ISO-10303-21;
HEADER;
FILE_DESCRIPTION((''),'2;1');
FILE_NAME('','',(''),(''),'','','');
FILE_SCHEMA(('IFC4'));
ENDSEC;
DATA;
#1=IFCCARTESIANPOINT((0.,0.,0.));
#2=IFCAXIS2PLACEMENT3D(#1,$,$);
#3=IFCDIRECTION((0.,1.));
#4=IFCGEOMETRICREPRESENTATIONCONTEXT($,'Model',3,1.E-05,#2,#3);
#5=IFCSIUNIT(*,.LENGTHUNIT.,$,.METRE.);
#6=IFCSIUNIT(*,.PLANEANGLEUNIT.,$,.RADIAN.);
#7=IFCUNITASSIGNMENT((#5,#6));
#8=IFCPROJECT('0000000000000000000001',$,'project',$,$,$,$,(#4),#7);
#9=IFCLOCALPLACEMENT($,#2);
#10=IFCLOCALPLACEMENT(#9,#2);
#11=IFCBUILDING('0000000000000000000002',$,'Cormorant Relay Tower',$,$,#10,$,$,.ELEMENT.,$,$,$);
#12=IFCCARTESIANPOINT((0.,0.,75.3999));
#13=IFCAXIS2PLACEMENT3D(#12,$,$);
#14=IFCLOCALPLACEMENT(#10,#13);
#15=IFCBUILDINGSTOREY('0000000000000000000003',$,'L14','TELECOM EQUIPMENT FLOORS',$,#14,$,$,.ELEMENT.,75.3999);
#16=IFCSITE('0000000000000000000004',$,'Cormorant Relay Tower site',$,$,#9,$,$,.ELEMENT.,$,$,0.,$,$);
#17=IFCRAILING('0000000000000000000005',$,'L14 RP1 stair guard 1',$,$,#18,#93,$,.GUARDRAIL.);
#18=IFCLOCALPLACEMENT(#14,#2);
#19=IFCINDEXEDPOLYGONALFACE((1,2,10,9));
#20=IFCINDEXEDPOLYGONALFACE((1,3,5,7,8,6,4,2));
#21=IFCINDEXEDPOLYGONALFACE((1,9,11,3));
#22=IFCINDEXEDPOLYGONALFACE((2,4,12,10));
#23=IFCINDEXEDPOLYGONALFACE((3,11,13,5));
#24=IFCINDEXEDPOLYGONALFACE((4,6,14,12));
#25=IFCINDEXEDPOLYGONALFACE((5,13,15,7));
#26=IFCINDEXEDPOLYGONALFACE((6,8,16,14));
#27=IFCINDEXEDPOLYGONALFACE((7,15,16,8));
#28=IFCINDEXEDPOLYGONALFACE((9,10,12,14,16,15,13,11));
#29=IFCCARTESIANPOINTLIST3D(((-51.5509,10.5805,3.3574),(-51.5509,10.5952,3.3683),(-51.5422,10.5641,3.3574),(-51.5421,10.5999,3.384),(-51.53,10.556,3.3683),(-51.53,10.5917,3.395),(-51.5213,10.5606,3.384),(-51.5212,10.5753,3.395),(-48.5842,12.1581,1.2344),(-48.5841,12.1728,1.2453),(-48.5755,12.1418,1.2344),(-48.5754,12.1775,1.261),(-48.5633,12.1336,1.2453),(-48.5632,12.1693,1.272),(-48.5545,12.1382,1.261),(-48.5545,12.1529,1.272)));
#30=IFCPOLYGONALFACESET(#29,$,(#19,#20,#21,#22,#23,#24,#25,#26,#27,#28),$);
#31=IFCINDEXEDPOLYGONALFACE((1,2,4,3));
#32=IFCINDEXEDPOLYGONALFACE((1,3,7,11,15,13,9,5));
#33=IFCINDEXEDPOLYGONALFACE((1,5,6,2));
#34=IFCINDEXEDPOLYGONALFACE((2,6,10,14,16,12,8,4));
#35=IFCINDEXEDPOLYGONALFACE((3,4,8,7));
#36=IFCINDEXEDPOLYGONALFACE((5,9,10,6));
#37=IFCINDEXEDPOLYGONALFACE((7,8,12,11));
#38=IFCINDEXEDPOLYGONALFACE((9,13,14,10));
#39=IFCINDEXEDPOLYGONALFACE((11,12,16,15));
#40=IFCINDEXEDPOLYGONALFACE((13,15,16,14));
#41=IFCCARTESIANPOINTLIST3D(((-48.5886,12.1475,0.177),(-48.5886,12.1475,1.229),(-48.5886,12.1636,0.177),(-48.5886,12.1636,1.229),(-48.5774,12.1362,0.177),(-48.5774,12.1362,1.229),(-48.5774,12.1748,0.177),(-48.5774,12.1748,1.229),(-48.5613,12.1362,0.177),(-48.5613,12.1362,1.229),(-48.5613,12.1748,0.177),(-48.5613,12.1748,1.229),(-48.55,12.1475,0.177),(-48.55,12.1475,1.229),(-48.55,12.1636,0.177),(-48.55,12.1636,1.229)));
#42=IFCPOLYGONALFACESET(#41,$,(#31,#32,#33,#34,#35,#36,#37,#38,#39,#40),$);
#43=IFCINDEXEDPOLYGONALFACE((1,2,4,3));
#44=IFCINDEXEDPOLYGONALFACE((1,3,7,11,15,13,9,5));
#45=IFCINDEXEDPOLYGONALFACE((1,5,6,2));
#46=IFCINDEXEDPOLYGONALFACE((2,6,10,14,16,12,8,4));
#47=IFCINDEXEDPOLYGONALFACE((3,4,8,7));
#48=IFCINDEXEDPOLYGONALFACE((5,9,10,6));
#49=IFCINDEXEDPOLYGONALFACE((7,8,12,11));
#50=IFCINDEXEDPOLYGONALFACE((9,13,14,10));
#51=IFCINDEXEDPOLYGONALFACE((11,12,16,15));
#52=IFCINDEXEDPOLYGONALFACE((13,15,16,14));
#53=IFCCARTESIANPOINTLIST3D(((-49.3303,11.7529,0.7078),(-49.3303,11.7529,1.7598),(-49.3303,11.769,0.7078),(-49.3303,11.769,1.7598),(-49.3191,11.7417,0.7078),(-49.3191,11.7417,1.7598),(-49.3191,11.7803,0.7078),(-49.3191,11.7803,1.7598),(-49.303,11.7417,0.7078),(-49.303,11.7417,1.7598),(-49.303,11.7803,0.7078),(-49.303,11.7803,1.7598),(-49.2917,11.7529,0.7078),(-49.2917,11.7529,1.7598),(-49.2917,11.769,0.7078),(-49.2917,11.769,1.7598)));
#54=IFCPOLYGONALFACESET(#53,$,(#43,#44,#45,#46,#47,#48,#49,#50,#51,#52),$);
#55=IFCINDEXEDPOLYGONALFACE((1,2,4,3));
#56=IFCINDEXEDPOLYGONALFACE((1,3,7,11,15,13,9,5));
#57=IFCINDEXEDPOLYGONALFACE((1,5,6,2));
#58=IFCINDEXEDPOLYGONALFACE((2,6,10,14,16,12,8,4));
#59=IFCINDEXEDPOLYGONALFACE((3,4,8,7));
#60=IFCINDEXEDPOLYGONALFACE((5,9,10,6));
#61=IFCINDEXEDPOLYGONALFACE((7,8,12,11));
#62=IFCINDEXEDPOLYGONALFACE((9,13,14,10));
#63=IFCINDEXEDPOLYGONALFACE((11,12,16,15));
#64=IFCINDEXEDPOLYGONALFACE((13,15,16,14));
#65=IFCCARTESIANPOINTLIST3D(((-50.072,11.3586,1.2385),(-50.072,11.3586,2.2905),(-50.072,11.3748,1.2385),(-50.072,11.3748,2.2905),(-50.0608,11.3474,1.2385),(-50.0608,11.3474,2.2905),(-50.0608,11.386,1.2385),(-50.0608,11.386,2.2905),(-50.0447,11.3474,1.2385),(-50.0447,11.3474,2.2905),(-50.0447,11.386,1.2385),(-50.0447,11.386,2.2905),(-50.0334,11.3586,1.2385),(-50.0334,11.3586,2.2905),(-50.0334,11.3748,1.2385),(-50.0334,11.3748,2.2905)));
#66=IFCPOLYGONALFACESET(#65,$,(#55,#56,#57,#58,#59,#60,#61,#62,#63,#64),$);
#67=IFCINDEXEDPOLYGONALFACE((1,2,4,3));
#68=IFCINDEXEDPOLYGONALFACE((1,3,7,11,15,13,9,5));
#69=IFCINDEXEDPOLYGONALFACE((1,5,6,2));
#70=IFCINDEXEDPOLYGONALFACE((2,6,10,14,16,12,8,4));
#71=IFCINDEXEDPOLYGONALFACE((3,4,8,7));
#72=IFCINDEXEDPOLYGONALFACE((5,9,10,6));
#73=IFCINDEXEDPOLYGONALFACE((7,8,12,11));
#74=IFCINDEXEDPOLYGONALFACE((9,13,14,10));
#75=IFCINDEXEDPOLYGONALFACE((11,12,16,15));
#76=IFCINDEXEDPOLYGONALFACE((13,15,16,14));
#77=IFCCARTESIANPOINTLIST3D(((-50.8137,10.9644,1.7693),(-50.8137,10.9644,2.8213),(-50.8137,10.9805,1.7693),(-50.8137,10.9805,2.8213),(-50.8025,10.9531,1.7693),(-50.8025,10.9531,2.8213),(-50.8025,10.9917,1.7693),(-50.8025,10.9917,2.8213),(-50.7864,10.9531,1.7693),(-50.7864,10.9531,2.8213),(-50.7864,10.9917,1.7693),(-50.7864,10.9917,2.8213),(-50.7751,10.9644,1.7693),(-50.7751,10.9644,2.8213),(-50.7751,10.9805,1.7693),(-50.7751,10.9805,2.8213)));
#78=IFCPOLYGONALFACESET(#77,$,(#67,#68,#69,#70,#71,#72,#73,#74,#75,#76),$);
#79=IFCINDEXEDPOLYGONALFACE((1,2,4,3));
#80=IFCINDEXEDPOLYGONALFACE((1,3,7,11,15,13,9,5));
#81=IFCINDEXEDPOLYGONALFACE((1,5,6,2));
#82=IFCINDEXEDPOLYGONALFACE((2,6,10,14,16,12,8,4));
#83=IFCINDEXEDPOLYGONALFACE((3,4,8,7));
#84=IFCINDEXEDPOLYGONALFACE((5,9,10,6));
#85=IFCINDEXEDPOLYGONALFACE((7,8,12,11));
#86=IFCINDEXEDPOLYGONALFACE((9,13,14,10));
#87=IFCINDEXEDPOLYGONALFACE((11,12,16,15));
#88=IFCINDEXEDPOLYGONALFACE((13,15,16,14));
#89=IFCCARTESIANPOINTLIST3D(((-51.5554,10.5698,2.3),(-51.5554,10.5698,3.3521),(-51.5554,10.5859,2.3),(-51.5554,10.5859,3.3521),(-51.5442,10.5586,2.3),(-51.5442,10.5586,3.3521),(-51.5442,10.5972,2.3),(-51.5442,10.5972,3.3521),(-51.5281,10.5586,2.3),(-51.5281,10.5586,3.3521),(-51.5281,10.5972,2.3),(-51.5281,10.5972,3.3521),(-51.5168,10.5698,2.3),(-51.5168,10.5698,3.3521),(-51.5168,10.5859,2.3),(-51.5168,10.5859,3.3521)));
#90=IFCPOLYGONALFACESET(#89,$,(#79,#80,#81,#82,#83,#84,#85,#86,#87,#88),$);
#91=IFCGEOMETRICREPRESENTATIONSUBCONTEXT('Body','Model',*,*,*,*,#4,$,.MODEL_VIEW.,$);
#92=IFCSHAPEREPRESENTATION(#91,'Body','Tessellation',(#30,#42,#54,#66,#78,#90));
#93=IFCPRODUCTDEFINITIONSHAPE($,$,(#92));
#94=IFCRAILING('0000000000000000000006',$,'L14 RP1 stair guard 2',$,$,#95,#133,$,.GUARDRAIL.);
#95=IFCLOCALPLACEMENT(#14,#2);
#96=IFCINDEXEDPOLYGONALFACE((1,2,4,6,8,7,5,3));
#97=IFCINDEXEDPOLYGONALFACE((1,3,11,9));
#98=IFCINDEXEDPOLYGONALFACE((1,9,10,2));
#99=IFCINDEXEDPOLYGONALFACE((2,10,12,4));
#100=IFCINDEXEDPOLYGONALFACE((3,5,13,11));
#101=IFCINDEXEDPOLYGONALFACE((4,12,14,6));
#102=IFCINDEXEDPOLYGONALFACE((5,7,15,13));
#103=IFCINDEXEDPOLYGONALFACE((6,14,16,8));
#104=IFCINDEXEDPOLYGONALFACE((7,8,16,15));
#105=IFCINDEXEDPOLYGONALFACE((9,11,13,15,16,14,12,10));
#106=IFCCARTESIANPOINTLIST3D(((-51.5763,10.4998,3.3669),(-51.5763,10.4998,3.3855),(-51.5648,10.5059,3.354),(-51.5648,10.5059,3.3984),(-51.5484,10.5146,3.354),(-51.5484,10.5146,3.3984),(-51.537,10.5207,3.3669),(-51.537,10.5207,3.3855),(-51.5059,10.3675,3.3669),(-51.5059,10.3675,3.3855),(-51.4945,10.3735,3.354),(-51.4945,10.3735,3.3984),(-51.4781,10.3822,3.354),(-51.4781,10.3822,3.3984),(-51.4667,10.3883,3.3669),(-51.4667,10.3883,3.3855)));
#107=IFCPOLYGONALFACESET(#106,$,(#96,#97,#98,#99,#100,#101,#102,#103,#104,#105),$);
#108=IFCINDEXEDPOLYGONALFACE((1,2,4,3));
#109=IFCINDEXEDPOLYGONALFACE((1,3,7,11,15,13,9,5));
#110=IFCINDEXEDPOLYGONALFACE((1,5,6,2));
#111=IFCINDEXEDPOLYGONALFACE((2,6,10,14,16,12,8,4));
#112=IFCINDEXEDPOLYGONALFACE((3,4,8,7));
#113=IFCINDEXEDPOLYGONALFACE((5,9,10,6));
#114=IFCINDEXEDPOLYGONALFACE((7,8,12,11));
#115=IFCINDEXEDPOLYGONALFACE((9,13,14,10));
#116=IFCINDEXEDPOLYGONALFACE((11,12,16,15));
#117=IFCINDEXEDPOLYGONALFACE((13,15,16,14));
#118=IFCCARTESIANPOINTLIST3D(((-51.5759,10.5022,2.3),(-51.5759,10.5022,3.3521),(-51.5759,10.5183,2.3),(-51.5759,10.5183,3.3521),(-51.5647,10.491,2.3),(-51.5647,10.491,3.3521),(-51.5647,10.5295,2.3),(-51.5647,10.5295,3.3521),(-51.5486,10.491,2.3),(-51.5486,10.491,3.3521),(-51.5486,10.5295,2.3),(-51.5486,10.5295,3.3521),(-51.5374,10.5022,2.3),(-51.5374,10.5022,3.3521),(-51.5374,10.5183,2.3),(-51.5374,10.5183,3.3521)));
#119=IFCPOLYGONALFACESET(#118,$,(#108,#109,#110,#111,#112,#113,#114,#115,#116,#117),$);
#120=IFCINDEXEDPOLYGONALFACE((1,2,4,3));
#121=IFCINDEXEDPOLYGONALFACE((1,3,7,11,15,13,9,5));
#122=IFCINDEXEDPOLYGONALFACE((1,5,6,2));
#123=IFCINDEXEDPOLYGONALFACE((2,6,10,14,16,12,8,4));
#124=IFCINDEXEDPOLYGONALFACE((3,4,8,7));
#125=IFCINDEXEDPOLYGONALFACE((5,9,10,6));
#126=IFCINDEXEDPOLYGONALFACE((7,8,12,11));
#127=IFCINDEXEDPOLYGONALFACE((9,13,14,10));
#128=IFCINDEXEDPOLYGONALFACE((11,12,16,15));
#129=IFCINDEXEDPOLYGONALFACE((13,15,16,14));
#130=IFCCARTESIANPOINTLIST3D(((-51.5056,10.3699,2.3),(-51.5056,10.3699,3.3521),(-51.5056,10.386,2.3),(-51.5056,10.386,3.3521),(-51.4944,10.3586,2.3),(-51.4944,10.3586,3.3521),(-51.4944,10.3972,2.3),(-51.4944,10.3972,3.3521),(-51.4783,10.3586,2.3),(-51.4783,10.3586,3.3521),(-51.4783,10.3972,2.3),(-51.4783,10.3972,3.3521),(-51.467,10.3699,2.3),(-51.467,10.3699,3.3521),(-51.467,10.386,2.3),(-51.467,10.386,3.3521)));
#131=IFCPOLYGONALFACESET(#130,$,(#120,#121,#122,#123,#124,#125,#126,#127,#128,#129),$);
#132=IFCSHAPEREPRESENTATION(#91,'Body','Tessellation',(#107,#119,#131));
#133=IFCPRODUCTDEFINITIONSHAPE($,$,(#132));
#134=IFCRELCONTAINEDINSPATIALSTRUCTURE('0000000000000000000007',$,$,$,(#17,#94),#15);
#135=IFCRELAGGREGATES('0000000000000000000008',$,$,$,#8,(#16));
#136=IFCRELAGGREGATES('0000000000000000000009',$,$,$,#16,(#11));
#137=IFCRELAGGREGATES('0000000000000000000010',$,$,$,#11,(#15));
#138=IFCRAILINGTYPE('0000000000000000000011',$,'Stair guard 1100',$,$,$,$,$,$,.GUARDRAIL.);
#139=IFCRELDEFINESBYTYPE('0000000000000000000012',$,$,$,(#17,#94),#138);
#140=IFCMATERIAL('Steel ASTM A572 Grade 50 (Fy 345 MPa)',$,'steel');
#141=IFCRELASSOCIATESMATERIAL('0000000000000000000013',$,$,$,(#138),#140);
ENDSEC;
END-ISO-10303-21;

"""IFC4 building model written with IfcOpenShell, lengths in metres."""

from ifc_helpers import new_model, si_unit, direction, frame, origin, place, context, subcontext, project, spatial, polyline, outline, extrude, material, type_object, element, save


model = new_model("IFC4")

# Units and contexts
model_context = context("Model", 3, precision=1e-05, world=origin(), true_north=direction((0.0, 1.0)))
body_context = subcontext(model_context, "Body", "Model", "MODEL_VIEW")
ifc_project = project(units=[si_unit("LENGTHUNIT", "METRE"), si_unit("PLANEANGLEUNIT", "RADIAN")], contexts=[model_context])

# Site, building, storey
site_placement = place(None, origin())
site = spatial("IfcSite", under=ifc_project, at=site_placement, Name="Cormorant Relay Tower site", CompositionType="ELEMENT", RefElevation=0.0)
building_placement = place(site_placement, origin())
building = spatial("IfcBuilding", under=site, at=building_placement, Name="Cormorant Relay Tower", CompositionType="ELEMENT")
storey_placement = place(building_placement, frame((0.0, 0.0, 75.3999)))
storey = spatial("IfcBuildingStorey", under=building, at=storey_placement, Name="L14", Description="TELECOM EQUIPMENT FLOORS", CompositionType="ELEMENT", Elevation=75.3999)

# Railings
ifc_material_1 = material(Name="Steel ASTM A572 Grade 50 (Fy 345 MPa)", Category="steel")
railing_type_1 = type_object("IfcRailingType", Name="Stair guard 1100", PredefinedType="GUARDRAIL", material=ifc_material_1)
railing_1_placement = place(storey_placement, frame((-48.5693, 12.1555, 0.177)))
element("IfcRailing", 1, at=railing_1_placement, inside=storey, type_object=railing_type_1, Name="L14 RP1 stair guard 1", PredefinedType="GUARDRAIL", context=body_context, shape_type="SweptSolid", body=[
    extrude(outline(polyline([(0.0222, 0.0093), (0.0093, 0.0222), (-0.0093, 0.0222), (-0.0222, 0.0093), (-0.0222, -0.0093), (-0.0093, -0.0222), (0.0093, -0.0222), (0.0222, -0.0093), (0.0222, 0.0093)])), frame((0.0, 0.0, 1.0762), z_axis=(-0.746422, -0.396921, 0.534142), x_axis=(0.469509, -0.882928, 0.0)), (0.0, 0.0, 1.0), 3.9746),
    extrude(outline(polyline([(0.0193, 0.0081), (0.0081, 0.0193), (-0.0081, 0.0193), (-0.0193, 0.0081), (-0.0193, -0.0081), (-0.0081, -0.0193), (0.0081, -0.0193), (0.0193, -0.0081), (0.0193, 0.0081)])), origin(), (0.0, 0.0, 1.0), 1.052),
    extrude(outline(polyline([(0.0193, 0.0081), (0.0081, 0.0193), (-0.0081, 0.0193), (-0.0193, 0.0081), (-0.0193, -0.0081), (-0.0081, -0.0193), (0.0081, -0.0193), (0.0193, -0.0081), (0.0193, 0.0081)])), frame((-0.7417, -0.3945, 0.5308)), (0.0, 0.0, 1.0), 1.052),
    extrude(outline(polyline([(0.0193, 0.0081), (0.0081, 0.0193), (-0.0081, 0.0193), (-0.0193, 0.0081), (-0.0193, -0.0081), (-0.0081, -0.0193), (0.0081, -0.0193), (0.0193, -0.0081), (0.0193, 0.0081)])), frame((-1.4834, -0.7888, 1.0615)), (0.0, 0.0, 1.0), 1.052),
    extrude(outline(polyline([(0.0193, 0.0081), (0.0081, 0.0193), (-0.0081, 0.0193), (-0.0193, 0.0081), (-0.0193, -0.0081), (-0.0081, -0.0193), (0.0081, -0.0193), (0.0193, -0.0081), (0.0193, 0.0081)])), frame((-2.2251, -1.1831, 1.5923)), (0.0, 0.0, 1.0), 1.052),
    extrude(outline(polyline([(0.0193, 0.0081), (0.0081, 0.0193), (-0.0081, 0.0193), (-0.0193, 0.0081), (-0.0193, -0.0081), (-0.0081, -0.0193), (0.0081, -0.0193), (0.0193, -0.0081), (0.0193, 0.0081)])), frame((-2.9668, -1.5776, 2.123)), (0.0, 0.0, 1.0), 1.052),
])
railing_2_placement = place(storey_placement, frame((-51.5566, 10.5103, 2.3)))
element("IfcRailing", 2, at=railing_2_placement, inside=storey, type_object=railing_type_1, Name="L14 RP1 stair guard 2", PredefinedType="GUARDRAIL", context=body_context, shape_type="SweptSolid", body=[
    extrude(outline(polyline([(0.0222, 0.0093), (0.0093, 0.0222), (-0.0093, 0.0222), (-0.0222, 0.0093), (-0.0222, -0.0093), (-0.0093, -0.0222), (0.0093, -0.0222), (0.0222, -0.0093), (0.0222, 0.0093)])), frame((0.0, 0.0, 1.0762), z_axis=(0.469235, -0.883074, 0.0), x_axis=(0.883074, 0.469235, 0.0)), (0.0, 0.0, 1.0), 0.1499),
    extrude(outline(polyline([(0.0193, 0.0081), (0.0081, 0.0193), (-0.0081, 0.0193), (-0.0193, 0.0081), (-0.0193, -0.0081), (-0.0081, -0.0193), (0.0081, -0.0193), (0.0193, -0.0081), (0.0193, 0.0081)])), origin(), (0.0, 0.0, 1.0), 1.052),
    extrude(outline(polyline([(0.0193, 0.0081), (0.0081, 0.0193), (-0.0081, 0.0193), (-0.0193, 0.0081), (-0.0193, -0.0081), (-0.0081, -0.0193), (0.0081, -0.0193), (0.0193, -0.0081), (0.0193, 0.0081)])), frame((0.0703, -0.1323, 0.0)), (0.0, 0.0, 1.0), 1.052),
])

save(model, "model.ifc")
